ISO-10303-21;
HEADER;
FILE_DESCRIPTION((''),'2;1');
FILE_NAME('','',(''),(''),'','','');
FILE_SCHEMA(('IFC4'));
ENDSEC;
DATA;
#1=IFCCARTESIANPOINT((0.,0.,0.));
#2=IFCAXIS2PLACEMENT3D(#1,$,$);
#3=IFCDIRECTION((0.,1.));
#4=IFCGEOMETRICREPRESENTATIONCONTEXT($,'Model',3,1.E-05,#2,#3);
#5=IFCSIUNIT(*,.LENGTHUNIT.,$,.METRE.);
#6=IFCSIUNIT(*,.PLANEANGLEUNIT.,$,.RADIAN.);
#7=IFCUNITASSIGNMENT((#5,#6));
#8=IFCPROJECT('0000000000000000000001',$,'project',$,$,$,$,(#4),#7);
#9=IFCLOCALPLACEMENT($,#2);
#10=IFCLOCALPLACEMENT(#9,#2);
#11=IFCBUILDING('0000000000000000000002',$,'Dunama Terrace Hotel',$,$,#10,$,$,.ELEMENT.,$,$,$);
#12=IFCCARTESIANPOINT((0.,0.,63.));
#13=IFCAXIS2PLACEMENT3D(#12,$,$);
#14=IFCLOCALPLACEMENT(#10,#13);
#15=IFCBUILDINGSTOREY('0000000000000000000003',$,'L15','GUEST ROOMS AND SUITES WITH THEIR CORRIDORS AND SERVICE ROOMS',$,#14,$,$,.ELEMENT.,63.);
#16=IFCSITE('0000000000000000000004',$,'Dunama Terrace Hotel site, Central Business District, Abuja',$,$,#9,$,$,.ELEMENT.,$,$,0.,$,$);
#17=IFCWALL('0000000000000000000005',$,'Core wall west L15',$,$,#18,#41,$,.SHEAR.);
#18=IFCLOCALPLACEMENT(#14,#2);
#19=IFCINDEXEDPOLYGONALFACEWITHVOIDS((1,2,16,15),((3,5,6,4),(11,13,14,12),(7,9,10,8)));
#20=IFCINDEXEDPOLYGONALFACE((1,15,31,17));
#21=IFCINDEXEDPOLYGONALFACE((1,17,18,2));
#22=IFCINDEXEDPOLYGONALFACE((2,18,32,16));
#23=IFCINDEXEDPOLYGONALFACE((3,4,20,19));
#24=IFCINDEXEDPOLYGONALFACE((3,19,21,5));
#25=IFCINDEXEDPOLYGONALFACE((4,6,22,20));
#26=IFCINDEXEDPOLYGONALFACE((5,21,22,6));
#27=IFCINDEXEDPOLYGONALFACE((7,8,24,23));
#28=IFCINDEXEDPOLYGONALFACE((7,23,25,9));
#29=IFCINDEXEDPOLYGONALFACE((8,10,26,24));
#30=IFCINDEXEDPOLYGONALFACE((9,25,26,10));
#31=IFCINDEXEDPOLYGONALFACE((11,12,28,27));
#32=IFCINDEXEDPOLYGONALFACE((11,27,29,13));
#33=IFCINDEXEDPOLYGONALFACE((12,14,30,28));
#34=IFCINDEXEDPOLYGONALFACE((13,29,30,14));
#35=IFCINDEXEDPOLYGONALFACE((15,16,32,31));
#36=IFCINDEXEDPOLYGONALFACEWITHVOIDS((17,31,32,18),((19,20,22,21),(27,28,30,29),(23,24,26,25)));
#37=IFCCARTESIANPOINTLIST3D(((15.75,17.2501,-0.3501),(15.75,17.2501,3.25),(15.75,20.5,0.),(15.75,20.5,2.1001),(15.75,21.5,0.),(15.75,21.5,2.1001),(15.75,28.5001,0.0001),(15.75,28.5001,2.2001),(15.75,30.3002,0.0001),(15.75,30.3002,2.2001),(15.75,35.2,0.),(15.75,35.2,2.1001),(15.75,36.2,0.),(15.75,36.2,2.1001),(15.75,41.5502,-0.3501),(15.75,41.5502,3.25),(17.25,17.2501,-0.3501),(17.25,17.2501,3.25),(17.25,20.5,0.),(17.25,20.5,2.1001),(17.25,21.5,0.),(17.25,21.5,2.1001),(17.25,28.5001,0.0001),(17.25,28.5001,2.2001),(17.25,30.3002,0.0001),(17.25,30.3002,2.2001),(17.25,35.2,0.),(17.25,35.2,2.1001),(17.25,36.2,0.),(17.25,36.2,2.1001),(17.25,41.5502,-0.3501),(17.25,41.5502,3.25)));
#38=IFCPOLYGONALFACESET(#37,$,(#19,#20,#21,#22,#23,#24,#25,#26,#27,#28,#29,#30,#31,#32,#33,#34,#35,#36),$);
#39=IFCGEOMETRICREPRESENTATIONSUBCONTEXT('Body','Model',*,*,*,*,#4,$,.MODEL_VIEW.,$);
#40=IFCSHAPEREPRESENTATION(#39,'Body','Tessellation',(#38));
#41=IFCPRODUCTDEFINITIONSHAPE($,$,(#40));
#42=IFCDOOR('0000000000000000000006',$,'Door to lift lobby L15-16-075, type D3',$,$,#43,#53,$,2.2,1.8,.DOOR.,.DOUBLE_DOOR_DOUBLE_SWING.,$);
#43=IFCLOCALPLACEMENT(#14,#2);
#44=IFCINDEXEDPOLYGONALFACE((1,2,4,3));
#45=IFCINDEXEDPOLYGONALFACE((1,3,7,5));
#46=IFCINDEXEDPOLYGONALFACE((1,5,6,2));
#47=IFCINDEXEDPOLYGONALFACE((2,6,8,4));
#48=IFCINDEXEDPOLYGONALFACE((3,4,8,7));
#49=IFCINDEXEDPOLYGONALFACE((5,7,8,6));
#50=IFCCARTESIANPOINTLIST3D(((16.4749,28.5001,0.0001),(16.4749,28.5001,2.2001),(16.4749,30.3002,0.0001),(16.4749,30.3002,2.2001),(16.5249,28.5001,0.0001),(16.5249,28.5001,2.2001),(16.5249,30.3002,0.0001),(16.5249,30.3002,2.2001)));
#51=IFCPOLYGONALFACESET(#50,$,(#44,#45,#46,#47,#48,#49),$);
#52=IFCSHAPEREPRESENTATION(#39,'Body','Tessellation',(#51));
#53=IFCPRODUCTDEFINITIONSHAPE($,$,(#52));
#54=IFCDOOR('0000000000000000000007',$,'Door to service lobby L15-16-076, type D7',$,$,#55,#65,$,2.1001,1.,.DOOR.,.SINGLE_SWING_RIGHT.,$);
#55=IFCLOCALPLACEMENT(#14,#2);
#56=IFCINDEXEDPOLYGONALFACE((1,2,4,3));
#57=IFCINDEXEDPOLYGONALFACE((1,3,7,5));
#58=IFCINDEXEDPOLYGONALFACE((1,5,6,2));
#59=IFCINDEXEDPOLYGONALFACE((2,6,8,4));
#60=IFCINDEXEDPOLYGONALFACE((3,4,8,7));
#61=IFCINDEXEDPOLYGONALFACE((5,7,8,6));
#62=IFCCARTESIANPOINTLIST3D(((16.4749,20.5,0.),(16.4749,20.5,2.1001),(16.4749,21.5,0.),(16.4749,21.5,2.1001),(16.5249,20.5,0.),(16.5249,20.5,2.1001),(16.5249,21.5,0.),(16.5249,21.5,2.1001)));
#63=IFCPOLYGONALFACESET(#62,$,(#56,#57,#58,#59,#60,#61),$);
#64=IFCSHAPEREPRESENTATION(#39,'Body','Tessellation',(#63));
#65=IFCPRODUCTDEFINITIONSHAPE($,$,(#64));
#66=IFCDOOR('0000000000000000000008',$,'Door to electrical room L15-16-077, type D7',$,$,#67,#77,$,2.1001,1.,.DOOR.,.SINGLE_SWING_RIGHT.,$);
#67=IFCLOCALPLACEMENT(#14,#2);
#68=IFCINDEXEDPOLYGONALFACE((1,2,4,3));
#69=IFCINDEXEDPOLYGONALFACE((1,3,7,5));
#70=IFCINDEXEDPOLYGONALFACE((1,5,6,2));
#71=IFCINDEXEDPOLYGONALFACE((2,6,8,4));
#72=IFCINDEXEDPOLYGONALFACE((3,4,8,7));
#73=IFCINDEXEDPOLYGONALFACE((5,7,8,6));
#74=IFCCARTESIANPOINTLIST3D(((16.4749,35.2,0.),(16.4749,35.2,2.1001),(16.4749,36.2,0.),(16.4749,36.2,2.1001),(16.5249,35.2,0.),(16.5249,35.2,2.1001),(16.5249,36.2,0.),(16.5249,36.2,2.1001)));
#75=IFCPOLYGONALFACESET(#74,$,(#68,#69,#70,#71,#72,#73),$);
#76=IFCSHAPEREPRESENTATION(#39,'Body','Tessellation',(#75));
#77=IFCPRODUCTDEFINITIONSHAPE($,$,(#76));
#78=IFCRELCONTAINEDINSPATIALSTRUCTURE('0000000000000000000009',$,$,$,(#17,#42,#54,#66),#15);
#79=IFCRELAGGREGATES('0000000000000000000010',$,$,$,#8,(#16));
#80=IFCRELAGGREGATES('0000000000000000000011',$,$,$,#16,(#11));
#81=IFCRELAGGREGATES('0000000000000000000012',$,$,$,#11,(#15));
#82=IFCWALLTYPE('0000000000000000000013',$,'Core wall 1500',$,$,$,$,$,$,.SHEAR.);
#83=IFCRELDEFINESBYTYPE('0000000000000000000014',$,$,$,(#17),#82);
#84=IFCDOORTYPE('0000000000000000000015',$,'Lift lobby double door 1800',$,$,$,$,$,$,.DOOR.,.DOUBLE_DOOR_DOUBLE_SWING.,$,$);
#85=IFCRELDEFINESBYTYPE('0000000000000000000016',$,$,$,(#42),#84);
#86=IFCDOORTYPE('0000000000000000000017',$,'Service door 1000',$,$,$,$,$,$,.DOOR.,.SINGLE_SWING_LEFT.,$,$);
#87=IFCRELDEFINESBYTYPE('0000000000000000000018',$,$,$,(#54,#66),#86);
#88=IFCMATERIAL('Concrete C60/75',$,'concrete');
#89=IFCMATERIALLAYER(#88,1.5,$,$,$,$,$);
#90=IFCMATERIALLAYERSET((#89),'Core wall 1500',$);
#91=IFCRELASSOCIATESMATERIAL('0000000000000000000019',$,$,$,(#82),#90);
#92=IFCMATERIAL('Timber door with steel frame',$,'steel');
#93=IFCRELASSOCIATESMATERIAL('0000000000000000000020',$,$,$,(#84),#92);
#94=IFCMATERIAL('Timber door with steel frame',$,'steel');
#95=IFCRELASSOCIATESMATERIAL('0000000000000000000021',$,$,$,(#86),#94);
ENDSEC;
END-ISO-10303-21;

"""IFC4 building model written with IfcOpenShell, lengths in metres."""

from ifc_helpers import new_model, si_unit, direction, frame, frame_2d, origin, place, context, subcontext, project, spatial, rectangle, extrude, material, layer, layer_set, type_object, element, fill, save


model = new_model("IFC4")

# Units and contexts
model_context = context("Model", 3, precision=1e-05, world=origin(), true_north=direction((0.0, 1.0)))
body_context = subcontext(model_context, "Body", "Model", "MODEL_VIEW")
ifc_project = project(units=[si_unit("LENGTHUNIT", "METRE"), si_unit("PLANEANGLEUNIT", "RADIAN")], contexts=[model_context])

# Site, building, storey
site_placement = place(None, origin())
site = spatial("IfcSite", under=ifc_project, at=site_placement, Name="Dunama Terrace Hotel site, Central Business District, Abuja", CompositionType="ELEMENT", RefElevation=0.0)
building_placement = place(site_placement, origin())
building = spatial("IfcBuilding", under=site, at=building_placement, Name="Dunama Terrace Hotel", CompositionType="ELEMENT")
storey_placement = place(building_placement, frame((0.0, 0.0, 63.0)))
storey = spatial("IfcBuildingStorey", under=building, at=storey_placement, Name="L15", Description="GUEST ROOMS AND SUITES WITH THEIR CORRIDORS AND SERVICE ROOMS", CompositionType="ELEMENT", Elevation=63.0)

# Wall, openings, doors
ifc_material_1 = material(Name="Concrete C60/75", Category="concrete")
ifc_layer_1 = layer(ifc_material_1, 1.5)
ifc_layer_set_1 = layer_set([ifc_layer_1], Name="Core wall 1500")
wall_type_1 = type_object("IfcWallType", Name="Core wall 1500", PredefinedType="SHEAR", material=ifc_layer_set_1)
wall_1_placement = place(storey_placement, frame((16.5, 41.55, -0.3501), z_axis=(0.0, 0.0, 1.0), x_axis=(0.0, -1.0, 0.0)))
wall_1 = element("IfcWall", 1, at=wall_1_placement, inside=storey, type_object=wall_type_1, Name="Core wall west L15", PredefinedType="SHEAR", context=body_context, shape_type="SweptSolid", body=[
    extrude(rectangle(XDim=24.3, YDim=1.5, at=frame_2d((12.1499, 0.0))), origin(), (0.0, 0.0, 1.0), 3.6001),
])
opening_1_placement = place(wall_1_placement, frame((11.25, 0.0, 0.3501)))
opening_1 = element("IfcOpeningElement", 2, at=opening_1_placement, cuts=wall_1, PredefinedType="OPENING", context=body_context, shape_type="SweptSolid", body=[
    extrude(rectangle(XDim=1.8, YDim=2.2, at=frame_2d((0.8999, 1.1001))), frame((0.0, 0.76, 0.0), z_axis=(0.0, -1.0, 0.0), x_axis=(1.0, 0.0, 0.0)), (0.0, 0.0, 1.0), 1.52),
])
opening_2_placement = place(wall_1_placement, frame((20.05, 0.0, 0.3501)))
opening_2 = element("IfcOpeningElement", 3, at=opening_2_placement, cuts=wall_1, PredefinedType="OPENING", context=body_context, shape_type="SweptSolid", body=[
    extrude(rectangle(XDim=1.0, YDim=2.1001, at=frame_2d((0.5, 1.05))), frame((0.0, 0.76, 0.0), z_axis=(0.0, -1.0, 0.0), x_axis=(1.0, 0.0, 0.0)), (0.0, 0.0, 1.0), 1.52),
])
opening_3_placement = place(wall_1_placement, frame((5.3501, 0.0, 0.3501)))
opening_3 = element("IfcOpeningElement", 4, at=opening_3_placement, cuts=wall_1, PredefinedType="OPENING", context=body_context, shape_type="SweptSolid", body=[
    extrude(rectangle(XDim=1.0, YDim=2.1001, at=frame_2d((0.5, 1.05))), frame((0.0, 0.76, 0.0), z_axis=(0.0, -1.0, 0.0), x_axis=(1.0, 0.0, 0.0)), (0.0, 0.0, 1.0), 1.52),
])
ifc_material_2 = material(Name="Timber door with steel frame", Category="steel")
door_type_1 = type_object("IfcDoorType", Name="Lift lobby double door 1800", OperationType="DOUBLE_DOOR_DOUBLE_SWING", PredefinedType="DOOR", material=ifc_material_2)
door_1_placement = place(opening_1_placement, origin())
door_1 = element("IfcDoor", 5, at=door_1_placement, inside=storey, type_object=door_type_1, Name="Door to lift lobby L15-16-075, type D3", OperationType="DOUBLE_DOOR_DOUBLE_SWING", OverallHeight=2.2, OverallWidth=1.8, PredefinedType="DOOR", context=body_context, shape_type="SweptSolid", body=[
    extrude(rectangle(XDim=1.8, YDim=2.2, at=frame_2d((0.8999, 1.1001))), frame((0.0, 0.0249, 0.0), z_axis=(0.0, -1.0, 0.0), x_axis=(1.0, 0.0, 0.0)), (0.0, 0.0, 1.0), 0.05),
])
fill(opening_1, door_1)
ifc_material_3 = material(Name="Timber door with steel frame", Category="steel")
door_type_2 = type_object("IfcDoorType", Name="Service door 1000", OperationType="SINGLE_SWING_LEFT", PredefinedType="DOOR", material=ifc_material_3)
door_2_placement = place(opening_2_placement, origin())
door_2 = element("IfcDoor", 6, at=door_2_placement, inside=storey, type_object=door_type_2, Name="Door to service lobby L15-16-076, type D7", OperationType="SINGLE_SWING_RIGHT", OverallHeight=2.1001, OverallWidth=1.0, PredefinedType="DOOR", context=body_context, shape_type="SweptSolid", body=[
    extrude(rectangle(XDim=1.0, YDim=2.1001, at=frame_2d((0.5, 1.05))), frame((0.0, 0.0249, 0.0), z_axis=(0.0, -1.0, 0.0), x_axis=(1.0, 0.0, 0.0)), (0.0, 0.0, 1.0), 0.05),
])
fill(opening_2, door_2)
door_3_placement = place(opening_3_placement, origin())
door_3 = element("IfcDoor", 7, at=door_3_placement, inside=storey, type_object=door_type_2, Name="Door to electrical room L15-16-077, type D7", OperationType="SINGLE_SWING_RIGHT", OverallHeight=2.1001, OverallWidth=1.0, PredefinedType="DOOR", context=body_context, shape_type="SweptSolid", body=[
    extrude(rectangle(XDim=1.0, YDim=2.1001, at=frame_2d((0.5, 1.05))), frame((0.0, 0.0249, 0.0), z_axis=(0.0, -1.0, 0.0), x_axis=(1.0, 0.0, 0.0)), (0.0, 0.0, 1.0), 0.05),
])
fill(opening_3, door_3)

save(model, "model.ifc")
